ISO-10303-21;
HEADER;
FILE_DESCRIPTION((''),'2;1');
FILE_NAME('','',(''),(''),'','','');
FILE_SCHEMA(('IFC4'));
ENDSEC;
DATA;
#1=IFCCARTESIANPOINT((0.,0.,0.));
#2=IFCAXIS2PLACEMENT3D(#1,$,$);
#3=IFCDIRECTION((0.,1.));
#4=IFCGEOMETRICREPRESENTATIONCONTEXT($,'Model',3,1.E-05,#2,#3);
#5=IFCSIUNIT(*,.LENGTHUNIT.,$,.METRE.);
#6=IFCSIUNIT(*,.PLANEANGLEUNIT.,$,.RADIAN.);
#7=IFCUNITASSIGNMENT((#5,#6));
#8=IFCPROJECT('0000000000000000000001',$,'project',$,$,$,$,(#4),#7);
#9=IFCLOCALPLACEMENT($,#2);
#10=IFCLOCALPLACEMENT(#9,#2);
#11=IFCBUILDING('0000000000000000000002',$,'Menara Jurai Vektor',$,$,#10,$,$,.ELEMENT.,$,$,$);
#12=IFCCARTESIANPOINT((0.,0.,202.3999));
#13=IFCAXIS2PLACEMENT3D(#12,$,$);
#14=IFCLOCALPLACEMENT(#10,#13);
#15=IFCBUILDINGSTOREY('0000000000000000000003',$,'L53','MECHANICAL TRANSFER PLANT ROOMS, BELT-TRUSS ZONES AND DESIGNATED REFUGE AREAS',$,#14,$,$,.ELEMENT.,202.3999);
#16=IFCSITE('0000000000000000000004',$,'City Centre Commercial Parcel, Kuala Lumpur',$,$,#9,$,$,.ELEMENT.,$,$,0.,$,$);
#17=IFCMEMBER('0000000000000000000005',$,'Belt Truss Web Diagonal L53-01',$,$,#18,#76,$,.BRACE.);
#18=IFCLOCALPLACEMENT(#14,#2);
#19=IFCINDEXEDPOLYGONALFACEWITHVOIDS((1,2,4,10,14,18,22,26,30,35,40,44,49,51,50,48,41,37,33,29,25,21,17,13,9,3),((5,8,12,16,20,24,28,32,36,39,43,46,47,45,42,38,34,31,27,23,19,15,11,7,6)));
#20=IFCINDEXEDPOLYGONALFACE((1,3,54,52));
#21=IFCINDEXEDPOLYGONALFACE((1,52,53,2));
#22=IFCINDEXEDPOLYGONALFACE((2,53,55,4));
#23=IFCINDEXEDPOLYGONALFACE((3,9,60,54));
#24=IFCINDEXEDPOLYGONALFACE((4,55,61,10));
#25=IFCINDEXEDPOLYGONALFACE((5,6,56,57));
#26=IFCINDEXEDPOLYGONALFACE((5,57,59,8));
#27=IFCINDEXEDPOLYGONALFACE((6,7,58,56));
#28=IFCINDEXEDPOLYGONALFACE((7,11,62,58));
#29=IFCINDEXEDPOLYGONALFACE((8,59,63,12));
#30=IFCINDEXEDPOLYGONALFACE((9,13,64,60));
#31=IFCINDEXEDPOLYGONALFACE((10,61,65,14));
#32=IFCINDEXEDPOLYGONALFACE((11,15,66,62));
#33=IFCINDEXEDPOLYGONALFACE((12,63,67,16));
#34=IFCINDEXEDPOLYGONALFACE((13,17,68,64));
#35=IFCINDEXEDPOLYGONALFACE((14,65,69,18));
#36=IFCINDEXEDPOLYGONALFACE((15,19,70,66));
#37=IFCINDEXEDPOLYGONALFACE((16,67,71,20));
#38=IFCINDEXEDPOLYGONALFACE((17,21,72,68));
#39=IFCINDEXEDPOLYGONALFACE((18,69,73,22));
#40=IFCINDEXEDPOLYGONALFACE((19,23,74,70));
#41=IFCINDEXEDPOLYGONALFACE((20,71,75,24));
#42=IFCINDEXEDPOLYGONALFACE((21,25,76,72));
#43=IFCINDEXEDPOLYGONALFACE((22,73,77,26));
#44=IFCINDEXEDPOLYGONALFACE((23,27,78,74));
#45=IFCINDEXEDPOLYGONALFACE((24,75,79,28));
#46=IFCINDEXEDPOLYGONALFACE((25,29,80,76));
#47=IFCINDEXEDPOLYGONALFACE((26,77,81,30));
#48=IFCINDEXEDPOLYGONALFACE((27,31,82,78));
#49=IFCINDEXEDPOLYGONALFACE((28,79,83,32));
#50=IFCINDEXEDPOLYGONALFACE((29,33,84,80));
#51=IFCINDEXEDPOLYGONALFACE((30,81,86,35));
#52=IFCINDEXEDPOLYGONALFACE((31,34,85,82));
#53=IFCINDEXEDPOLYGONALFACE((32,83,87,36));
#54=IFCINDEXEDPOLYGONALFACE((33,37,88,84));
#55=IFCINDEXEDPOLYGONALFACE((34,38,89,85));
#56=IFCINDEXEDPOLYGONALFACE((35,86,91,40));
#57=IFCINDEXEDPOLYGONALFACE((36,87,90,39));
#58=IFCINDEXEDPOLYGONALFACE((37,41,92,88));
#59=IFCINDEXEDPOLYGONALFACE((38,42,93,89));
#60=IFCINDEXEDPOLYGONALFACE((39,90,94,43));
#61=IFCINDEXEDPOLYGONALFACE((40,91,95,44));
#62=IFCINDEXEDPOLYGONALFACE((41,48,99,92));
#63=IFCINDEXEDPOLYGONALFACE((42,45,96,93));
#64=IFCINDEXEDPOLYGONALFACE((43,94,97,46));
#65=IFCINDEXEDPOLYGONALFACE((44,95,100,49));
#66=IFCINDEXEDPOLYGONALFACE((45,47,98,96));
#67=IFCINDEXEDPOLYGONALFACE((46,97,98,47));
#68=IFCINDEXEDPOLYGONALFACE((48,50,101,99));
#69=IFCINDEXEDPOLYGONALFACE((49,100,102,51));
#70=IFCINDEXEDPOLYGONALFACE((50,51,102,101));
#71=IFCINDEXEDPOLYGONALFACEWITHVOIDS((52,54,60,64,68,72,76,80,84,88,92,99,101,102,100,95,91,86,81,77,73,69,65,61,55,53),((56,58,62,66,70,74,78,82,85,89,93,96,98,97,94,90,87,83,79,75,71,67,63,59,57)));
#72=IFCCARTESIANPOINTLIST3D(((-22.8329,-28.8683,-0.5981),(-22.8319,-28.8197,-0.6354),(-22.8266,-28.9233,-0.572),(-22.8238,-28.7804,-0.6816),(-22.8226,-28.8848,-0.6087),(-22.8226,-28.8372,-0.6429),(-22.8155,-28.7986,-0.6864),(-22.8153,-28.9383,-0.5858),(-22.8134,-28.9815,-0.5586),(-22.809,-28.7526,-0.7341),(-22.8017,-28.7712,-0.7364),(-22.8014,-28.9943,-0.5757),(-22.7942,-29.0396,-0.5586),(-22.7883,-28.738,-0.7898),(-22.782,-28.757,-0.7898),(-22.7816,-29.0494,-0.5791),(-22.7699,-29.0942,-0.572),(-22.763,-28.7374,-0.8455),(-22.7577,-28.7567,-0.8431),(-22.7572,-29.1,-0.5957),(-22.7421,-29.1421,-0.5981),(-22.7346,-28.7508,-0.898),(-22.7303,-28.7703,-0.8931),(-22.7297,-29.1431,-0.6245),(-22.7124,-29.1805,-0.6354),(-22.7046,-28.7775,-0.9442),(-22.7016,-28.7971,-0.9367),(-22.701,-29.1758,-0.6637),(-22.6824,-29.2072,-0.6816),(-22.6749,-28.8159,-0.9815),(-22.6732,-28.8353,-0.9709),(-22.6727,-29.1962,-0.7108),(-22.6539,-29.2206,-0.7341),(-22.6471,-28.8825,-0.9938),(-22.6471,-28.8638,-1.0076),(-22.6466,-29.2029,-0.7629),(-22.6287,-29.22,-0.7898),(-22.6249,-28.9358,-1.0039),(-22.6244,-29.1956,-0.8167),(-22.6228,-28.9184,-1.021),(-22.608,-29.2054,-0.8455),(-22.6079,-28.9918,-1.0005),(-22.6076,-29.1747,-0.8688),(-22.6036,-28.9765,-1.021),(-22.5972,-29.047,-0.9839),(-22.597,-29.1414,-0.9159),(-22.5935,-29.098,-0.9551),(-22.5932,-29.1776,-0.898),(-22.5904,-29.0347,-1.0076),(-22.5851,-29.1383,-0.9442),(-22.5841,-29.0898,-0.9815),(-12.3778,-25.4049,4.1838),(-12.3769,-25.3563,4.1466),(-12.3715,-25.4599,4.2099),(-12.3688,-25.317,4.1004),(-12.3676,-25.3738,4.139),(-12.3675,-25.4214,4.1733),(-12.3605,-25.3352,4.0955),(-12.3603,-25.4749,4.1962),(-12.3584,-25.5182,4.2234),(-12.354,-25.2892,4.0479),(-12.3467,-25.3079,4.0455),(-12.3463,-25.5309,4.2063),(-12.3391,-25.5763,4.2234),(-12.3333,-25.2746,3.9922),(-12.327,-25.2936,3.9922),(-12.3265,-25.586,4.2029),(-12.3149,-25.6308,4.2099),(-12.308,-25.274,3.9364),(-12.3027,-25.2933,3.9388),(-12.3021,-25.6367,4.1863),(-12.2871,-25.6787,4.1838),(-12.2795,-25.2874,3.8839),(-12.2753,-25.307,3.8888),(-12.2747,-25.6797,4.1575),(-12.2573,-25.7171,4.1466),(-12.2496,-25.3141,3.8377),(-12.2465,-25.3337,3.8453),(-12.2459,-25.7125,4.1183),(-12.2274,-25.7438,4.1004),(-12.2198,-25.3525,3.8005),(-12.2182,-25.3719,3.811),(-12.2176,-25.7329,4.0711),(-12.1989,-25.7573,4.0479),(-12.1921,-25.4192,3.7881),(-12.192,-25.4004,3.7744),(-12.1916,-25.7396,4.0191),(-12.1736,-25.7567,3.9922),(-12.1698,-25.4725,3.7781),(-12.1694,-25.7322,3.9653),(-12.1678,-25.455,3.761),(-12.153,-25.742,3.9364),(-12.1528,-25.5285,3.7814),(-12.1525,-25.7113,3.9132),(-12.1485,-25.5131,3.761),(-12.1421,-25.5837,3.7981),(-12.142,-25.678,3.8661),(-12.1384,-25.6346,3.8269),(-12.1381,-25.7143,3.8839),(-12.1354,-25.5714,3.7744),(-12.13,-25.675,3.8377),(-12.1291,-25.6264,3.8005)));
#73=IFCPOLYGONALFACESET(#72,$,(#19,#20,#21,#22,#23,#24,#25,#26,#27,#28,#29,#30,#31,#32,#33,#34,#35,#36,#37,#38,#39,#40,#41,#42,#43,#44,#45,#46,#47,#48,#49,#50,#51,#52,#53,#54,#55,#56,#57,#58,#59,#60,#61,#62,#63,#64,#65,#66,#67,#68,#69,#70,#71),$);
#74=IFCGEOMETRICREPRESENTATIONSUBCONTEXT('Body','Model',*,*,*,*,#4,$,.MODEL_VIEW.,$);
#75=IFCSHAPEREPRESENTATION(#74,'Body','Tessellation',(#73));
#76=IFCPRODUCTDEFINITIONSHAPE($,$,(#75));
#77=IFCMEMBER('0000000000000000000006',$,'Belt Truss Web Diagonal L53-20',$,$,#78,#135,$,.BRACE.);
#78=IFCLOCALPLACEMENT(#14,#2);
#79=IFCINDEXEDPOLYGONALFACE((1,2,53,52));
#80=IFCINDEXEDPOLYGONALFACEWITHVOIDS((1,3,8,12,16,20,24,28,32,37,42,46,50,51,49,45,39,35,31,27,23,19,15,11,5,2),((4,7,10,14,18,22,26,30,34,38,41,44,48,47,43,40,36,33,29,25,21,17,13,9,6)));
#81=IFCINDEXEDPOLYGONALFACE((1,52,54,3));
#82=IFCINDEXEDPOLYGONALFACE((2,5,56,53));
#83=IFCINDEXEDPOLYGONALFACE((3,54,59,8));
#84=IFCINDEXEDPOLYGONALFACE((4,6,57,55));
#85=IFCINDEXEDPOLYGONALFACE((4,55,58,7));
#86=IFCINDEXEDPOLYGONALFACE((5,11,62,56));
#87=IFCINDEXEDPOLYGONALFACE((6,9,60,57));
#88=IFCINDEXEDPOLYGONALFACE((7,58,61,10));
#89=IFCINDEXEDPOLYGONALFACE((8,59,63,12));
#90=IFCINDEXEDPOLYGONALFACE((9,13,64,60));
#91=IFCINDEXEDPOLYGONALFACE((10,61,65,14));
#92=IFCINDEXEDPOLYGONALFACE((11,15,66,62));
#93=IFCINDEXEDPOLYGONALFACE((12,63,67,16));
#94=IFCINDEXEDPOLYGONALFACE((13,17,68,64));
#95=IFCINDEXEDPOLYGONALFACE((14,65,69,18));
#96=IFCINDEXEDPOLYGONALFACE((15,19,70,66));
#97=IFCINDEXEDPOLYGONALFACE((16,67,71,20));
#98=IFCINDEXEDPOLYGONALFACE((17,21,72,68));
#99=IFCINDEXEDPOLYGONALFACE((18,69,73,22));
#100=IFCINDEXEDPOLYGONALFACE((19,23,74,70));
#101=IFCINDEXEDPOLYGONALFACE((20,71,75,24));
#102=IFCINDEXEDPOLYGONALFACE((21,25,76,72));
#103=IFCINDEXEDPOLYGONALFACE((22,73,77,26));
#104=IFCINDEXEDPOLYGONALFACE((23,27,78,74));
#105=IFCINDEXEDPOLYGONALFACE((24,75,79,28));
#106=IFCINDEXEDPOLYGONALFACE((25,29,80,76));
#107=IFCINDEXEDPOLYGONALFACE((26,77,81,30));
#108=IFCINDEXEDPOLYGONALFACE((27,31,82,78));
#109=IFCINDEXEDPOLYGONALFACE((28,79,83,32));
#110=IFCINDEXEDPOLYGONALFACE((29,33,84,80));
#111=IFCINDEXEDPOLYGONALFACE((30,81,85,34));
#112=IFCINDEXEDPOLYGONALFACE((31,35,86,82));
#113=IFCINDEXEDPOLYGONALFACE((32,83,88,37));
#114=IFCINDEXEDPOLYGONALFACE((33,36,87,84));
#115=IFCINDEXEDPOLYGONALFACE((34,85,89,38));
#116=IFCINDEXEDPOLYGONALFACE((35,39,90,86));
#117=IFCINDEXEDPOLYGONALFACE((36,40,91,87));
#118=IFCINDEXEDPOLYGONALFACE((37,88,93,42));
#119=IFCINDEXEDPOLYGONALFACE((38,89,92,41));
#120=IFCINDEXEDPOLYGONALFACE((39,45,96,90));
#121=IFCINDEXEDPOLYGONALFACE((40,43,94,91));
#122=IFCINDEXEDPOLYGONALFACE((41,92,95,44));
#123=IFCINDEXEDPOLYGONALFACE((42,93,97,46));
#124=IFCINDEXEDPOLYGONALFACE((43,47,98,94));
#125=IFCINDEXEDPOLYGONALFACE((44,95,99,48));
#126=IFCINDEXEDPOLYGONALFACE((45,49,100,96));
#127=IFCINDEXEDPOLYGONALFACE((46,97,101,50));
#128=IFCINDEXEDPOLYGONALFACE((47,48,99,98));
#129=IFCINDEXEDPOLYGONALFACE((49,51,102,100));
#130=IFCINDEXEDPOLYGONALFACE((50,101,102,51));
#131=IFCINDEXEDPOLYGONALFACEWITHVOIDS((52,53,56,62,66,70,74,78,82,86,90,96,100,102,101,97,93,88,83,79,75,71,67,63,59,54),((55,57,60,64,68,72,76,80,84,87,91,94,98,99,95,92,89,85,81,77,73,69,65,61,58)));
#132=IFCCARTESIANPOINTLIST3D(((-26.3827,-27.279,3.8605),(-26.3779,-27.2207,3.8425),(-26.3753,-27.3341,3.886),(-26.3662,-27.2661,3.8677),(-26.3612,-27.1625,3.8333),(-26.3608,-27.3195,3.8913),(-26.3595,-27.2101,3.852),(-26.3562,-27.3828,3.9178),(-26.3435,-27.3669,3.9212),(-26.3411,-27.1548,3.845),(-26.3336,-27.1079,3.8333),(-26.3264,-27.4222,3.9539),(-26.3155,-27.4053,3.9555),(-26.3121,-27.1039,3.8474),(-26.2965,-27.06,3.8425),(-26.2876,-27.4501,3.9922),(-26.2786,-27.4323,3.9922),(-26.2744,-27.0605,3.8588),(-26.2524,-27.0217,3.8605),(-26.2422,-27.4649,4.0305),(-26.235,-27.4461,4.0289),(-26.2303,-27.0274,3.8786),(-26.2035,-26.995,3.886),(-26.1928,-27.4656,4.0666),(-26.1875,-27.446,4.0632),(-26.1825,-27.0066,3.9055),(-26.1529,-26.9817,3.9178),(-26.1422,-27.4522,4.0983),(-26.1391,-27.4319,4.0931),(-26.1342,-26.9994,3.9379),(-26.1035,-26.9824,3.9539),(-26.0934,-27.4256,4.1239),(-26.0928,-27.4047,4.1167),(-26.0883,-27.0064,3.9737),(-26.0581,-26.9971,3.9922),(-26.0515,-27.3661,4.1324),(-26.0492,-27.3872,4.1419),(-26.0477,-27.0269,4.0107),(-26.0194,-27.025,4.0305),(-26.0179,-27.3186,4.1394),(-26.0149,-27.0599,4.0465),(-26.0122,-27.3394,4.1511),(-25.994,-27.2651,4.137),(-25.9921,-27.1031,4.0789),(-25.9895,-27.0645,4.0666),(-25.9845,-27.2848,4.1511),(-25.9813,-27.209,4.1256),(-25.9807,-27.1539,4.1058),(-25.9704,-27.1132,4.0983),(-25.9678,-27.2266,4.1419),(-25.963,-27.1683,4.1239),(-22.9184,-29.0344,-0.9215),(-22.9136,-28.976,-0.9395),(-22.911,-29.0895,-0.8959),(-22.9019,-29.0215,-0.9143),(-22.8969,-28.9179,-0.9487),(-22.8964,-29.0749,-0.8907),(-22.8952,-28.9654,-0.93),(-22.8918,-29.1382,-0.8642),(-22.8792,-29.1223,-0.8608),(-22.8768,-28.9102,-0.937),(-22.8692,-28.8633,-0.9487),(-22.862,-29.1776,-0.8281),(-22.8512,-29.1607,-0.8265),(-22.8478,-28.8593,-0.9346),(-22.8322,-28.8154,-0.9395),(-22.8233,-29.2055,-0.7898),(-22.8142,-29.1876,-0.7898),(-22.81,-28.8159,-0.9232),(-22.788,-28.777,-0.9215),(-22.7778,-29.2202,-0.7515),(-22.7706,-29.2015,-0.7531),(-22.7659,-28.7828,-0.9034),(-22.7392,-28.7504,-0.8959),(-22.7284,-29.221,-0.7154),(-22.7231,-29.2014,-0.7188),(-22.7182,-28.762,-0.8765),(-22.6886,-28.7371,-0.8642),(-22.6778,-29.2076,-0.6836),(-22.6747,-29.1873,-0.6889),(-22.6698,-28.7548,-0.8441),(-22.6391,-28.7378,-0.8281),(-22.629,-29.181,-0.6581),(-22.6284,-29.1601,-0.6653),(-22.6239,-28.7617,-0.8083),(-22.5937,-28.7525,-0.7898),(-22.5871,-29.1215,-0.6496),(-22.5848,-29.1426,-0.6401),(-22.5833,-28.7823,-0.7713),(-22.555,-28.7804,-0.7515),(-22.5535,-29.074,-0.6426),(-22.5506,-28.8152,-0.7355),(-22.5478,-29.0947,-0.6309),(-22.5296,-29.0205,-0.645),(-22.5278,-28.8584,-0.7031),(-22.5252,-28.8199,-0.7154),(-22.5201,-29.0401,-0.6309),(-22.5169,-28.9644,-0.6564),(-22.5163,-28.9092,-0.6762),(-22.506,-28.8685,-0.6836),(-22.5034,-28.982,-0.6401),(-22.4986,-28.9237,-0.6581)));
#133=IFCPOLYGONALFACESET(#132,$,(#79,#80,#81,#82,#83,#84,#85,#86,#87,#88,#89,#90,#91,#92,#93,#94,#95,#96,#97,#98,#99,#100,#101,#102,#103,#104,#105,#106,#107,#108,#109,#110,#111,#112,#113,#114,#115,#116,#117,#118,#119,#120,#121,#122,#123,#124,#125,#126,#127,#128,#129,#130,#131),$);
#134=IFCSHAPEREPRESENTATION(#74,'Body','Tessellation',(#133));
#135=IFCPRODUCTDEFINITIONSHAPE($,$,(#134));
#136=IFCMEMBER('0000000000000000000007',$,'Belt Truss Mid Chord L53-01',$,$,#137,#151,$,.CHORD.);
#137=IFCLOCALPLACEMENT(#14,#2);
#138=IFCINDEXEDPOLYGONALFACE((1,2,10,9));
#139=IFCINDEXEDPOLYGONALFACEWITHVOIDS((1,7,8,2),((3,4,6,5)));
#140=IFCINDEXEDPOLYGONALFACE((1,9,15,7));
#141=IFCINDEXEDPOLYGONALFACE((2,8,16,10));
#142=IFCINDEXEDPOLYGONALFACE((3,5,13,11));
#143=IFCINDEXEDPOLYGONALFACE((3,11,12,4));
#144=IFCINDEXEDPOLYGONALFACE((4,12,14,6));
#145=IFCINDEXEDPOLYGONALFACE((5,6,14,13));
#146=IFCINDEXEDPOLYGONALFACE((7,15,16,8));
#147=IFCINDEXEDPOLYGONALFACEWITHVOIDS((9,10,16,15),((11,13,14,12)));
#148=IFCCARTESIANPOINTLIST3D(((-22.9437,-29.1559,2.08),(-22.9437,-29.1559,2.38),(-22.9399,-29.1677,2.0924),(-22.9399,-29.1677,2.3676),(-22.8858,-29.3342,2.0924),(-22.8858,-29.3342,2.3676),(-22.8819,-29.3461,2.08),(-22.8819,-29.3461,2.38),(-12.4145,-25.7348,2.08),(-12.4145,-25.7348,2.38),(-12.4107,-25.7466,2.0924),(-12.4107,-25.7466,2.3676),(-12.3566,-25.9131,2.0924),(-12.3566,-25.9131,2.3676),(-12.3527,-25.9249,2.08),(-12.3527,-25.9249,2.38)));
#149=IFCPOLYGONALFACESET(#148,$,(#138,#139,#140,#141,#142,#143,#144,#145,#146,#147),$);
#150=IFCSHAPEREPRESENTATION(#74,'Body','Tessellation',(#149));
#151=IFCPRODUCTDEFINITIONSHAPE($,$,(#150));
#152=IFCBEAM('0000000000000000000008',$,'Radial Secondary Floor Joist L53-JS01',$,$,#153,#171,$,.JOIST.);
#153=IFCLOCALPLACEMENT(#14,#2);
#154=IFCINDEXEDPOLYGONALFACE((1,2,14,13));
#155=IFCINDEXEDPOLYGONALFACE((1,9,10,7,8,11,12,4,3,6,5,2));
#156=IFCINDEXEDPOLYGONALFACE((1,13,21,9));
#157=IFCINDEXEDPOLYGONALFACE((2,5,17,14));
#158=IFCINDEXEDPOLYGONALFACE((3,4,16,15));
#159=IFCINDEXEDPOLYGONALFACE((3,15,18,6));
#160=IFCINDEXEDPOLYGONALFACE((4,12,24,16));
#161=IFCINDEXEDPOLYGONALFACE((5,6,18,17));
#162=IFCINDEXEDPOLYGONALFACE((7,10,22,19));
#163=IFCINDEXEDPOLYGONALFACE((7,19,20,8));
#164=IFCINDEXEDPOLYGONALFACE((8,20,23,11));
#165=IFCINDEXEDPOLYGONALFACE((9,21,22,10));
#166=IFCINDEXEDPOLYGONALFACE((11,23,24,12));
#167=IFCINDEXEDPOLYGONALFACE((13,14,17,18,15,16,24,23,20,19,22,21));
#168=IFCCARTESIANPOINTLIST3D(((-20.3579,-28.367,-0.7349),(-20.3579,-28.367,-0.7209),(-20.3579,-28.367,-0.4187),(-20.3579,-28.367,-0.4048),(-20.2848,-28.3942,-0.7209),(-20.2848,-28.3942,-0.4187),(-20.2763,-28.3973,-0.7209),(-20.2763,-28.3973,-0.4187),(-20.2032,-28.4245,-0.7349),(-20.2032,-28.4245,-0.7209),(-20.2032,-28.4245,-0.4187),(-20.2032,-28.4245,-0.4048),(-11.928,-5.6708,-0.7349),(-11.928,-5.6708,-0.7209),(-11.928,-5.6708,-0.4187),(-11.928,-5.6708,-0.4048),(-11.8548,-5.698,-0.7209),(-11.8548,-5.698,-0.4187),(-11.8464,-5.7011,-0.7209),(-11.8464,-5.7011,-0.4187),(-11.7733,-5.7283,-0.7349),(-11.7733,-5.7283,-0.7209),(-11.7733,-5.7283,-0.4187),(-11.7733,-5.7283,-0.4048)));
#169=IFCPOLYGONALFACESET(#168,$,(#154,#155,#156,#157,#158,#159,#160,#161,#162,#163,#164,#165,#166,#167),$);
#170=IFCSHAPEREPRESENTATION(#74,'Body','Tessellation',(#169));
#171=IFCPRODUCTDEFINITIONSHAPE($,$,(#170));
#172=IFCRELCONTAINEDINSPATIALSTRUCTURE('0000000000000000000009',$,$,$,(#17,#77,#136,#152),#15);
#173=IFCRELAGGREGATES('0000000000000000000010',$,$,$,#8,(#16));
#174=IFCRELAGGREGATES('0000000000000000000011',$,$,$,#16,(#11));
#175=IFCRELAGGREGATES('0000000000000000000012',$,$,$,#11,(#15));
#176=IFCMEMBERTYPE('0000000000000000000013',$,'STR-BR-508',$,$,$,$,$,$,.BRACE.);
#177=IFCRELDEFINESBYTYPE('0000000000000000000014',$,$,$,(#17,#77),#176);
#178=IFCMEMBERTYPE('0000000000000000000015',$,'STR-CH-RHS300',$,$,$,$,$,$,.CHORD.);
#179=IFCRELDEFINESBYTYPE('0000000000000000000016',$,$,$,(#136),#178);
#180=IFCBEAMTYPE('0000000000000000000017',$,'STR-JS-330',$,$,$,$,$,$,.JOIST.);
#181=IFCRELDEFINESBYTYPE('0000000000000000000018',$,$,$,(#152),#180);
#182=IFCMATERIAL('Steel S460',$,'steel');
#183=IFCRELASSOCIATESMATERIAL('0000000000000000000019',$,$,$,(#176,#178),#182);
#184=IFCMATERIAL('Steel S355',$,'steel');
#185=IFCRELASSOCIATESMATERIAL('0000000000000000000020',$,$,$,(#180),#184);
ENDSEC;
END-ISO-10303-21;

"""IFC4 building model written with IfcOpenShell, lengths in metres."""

from ifc_helpers import new_model, si_unit, direction, frame, origin, origin_2d, place, context, subcontext, project, spatial, hollow_rectangle, hollow_circle, i_section, extrude, material, material_profile, profile_set, type_object, element, save


model = new_model("IFC4")

# Units and contexts
model_context = context("Model", 3, precision=1e-05, world=origin(), true_north=direction((0.0, 1.0)))
body_context = subcontext(model_context, "Body", "Model", "MODEL_VIEW")
ifc_project = project(units=[si_unit("LENGTHUNIT", "METRE"), si_unit("PLANEANGLEUNIT", "RADIAN")], contexts=[model_context])

# Site, building, storey
site_placement = place(None, origin())
site = spatial("IfcSite", under=ifc_project, at=site_placement, Name="City Centre Commercial Parcel, Kuala Lumpur", CompositionType="ELEMENT", RefElevation=0.0)
building_placement = place(site_placement, origin())
building = spatial("IfcBuilding", under=site, at=building_placement, Name="Menara Jurai Vektor", CompositionType="ELEMENT")
storey_placement = place(building_placement, frame((0.0, 0.0, 202.3999)))
storey = spatial("IfcBuildingStorey", under=building, at=storey_placement, Name="L53", Description="MECHANICAL TRANSFER PLANT ROOMS, BELT-TRUSS ZONES AND DESIGNATED REFUGE AREAS", CompositionType="ELEMENT", Elevation=202.3999)

# Shared definitions
ifc_material_1 = material(Name="Steel S460", Category="steel")

# Members
ifc_material_profile_1 = material_profile(ifc_material_1, hollow_circle(Radius=0.2539, WallThickness=0.02, at=origin_2d()), Name="CHS 508x20")
ifc_profile_set_1 = profile_set([ifc_material_profile_1], Name="Steel S460")
member_type_1 = type_object("IfcMemberType", Name="STR-BR-508", PredefinedType="BRACE", material=ifc_profile_set_1)
member_1_placement = place(storey_placement, frame((-22.7085, -28.979, -0.7898), z_axis=(0.87074, 0.288444, 0.398262), x_axis=(-0.314458, 0.949271, 0.0)))
element("IfcMember", 1, at=member_1_placement, inside=storey, type_object=member_type_1, Name="Belt Truss Web Diagonal L53-01", PredefinedType="BRACE", context=body_context, shape_type="SweptSolid", body=[
    extrude(hollow_circle(Radius=0.2539, WallThickness=0.02, at=origin_2d()), origin(), (0.0, 0.0, 1.0), 12.0071),
])
member_2_placement = place(storey_placement, frame((-22.7085, -28.979, -0.7898), z_axis=(-0.562359, 0.284945, 0.776246), x_axis=(-0.451985, -0.892026, 0.0)))
element("IfcMember", 2, at=member_2_placement, inside=storey, type_object=member_type_1, Name="Belt Truss Web Diagonal L53-20", PredefinedType="BRACE", context=body_context, shape_type="SweptSolid", body=[
    extrude(hollow_circle(Radius=0.2539, WallThickness=0.02, at=origin_2d()), origin(), (0.0, 0.0, 1.0), 6.1604),
])
ifc_material_profile_2 = material_profile(ifc_material_1, hollow_rectangle(XDim=0.2, YDim=0.3, WallThickness=0.0125, at=origin_2d()), Name="RHS 300x200x12.5")
ifc_profile_set_2 = profile_set([ifc_material_profile_2], Name="Steel S460")
member_type_2 = type_object("IfcMemberType", Name="STR-CH-RHS300", PredefinedType="CHORD", material=ifc_profile_set_2)
member_3_placement = place(storey_placement, frame((-22.9128, -29.251, 2.23), z_axis=(0.951057, 0.309014, 0.0), x_axis=(-0.309014, 0.951057, 0.0)))
element("IfcMember", 3, at=member_3_placement, inside=storey, type_object=member_type_2, Name="Belt Truss Mid Chord L53-01", PredefinedType="CHORD", context=body_context, shape_type="SweptSolid", body=[
    extrude(hollow_rectangle(XDim=0.2, YDim=0.3, WallThickness=0.0125, at=origin_2d()), origin(), (0.0, 0.0, 1.0), 11.071),
])

# Beam
ifc_material_2 = material(Name="Steel S355", Category="steel")
ifc_material_profile_3 = material_profile(ifc_material_2, i_section(OverallWidth=0.165, OverallDepth=0.3301, WebThickness=0.009, FlangeThickness=0.0139, at=origin_2d()), Name="PG 330x165x46")
ifc_profile_set_3 = profile_set([ifc_material_profile_3], Name="Steel S355")
beam_type_1 = type_object("IfcBeamType", Name="STR-JS-330", PredefinedType="JOIST", material=ifc_profile_set_3)
beam_1_placement = place(storey_placement, frame((-20.2805, -28.3958, -0.5698), z_axis=(0.348182, 0.937427, 0.0), x_axis=(-0.937427, 0.348182, 0.0)))
element("IfcBeam", 4, at=beam_1_placement, inside=storey, type_object=beam_type_1, Name="Radial Secondary Floor Joist L53-JS01", PredefinedType="JOIST", context=body_context, shape_type="SweptSolid", body=[
    extrude(i_section(OverallWidth=0.165, OverallDepth=0.3301, WebThickness=0.009, FlangeThickness=0.0139, at=origin_2d()), origin(), (0.0, 0.0, 1.0), 24.2112),
])

save(model, "model.ifc")
